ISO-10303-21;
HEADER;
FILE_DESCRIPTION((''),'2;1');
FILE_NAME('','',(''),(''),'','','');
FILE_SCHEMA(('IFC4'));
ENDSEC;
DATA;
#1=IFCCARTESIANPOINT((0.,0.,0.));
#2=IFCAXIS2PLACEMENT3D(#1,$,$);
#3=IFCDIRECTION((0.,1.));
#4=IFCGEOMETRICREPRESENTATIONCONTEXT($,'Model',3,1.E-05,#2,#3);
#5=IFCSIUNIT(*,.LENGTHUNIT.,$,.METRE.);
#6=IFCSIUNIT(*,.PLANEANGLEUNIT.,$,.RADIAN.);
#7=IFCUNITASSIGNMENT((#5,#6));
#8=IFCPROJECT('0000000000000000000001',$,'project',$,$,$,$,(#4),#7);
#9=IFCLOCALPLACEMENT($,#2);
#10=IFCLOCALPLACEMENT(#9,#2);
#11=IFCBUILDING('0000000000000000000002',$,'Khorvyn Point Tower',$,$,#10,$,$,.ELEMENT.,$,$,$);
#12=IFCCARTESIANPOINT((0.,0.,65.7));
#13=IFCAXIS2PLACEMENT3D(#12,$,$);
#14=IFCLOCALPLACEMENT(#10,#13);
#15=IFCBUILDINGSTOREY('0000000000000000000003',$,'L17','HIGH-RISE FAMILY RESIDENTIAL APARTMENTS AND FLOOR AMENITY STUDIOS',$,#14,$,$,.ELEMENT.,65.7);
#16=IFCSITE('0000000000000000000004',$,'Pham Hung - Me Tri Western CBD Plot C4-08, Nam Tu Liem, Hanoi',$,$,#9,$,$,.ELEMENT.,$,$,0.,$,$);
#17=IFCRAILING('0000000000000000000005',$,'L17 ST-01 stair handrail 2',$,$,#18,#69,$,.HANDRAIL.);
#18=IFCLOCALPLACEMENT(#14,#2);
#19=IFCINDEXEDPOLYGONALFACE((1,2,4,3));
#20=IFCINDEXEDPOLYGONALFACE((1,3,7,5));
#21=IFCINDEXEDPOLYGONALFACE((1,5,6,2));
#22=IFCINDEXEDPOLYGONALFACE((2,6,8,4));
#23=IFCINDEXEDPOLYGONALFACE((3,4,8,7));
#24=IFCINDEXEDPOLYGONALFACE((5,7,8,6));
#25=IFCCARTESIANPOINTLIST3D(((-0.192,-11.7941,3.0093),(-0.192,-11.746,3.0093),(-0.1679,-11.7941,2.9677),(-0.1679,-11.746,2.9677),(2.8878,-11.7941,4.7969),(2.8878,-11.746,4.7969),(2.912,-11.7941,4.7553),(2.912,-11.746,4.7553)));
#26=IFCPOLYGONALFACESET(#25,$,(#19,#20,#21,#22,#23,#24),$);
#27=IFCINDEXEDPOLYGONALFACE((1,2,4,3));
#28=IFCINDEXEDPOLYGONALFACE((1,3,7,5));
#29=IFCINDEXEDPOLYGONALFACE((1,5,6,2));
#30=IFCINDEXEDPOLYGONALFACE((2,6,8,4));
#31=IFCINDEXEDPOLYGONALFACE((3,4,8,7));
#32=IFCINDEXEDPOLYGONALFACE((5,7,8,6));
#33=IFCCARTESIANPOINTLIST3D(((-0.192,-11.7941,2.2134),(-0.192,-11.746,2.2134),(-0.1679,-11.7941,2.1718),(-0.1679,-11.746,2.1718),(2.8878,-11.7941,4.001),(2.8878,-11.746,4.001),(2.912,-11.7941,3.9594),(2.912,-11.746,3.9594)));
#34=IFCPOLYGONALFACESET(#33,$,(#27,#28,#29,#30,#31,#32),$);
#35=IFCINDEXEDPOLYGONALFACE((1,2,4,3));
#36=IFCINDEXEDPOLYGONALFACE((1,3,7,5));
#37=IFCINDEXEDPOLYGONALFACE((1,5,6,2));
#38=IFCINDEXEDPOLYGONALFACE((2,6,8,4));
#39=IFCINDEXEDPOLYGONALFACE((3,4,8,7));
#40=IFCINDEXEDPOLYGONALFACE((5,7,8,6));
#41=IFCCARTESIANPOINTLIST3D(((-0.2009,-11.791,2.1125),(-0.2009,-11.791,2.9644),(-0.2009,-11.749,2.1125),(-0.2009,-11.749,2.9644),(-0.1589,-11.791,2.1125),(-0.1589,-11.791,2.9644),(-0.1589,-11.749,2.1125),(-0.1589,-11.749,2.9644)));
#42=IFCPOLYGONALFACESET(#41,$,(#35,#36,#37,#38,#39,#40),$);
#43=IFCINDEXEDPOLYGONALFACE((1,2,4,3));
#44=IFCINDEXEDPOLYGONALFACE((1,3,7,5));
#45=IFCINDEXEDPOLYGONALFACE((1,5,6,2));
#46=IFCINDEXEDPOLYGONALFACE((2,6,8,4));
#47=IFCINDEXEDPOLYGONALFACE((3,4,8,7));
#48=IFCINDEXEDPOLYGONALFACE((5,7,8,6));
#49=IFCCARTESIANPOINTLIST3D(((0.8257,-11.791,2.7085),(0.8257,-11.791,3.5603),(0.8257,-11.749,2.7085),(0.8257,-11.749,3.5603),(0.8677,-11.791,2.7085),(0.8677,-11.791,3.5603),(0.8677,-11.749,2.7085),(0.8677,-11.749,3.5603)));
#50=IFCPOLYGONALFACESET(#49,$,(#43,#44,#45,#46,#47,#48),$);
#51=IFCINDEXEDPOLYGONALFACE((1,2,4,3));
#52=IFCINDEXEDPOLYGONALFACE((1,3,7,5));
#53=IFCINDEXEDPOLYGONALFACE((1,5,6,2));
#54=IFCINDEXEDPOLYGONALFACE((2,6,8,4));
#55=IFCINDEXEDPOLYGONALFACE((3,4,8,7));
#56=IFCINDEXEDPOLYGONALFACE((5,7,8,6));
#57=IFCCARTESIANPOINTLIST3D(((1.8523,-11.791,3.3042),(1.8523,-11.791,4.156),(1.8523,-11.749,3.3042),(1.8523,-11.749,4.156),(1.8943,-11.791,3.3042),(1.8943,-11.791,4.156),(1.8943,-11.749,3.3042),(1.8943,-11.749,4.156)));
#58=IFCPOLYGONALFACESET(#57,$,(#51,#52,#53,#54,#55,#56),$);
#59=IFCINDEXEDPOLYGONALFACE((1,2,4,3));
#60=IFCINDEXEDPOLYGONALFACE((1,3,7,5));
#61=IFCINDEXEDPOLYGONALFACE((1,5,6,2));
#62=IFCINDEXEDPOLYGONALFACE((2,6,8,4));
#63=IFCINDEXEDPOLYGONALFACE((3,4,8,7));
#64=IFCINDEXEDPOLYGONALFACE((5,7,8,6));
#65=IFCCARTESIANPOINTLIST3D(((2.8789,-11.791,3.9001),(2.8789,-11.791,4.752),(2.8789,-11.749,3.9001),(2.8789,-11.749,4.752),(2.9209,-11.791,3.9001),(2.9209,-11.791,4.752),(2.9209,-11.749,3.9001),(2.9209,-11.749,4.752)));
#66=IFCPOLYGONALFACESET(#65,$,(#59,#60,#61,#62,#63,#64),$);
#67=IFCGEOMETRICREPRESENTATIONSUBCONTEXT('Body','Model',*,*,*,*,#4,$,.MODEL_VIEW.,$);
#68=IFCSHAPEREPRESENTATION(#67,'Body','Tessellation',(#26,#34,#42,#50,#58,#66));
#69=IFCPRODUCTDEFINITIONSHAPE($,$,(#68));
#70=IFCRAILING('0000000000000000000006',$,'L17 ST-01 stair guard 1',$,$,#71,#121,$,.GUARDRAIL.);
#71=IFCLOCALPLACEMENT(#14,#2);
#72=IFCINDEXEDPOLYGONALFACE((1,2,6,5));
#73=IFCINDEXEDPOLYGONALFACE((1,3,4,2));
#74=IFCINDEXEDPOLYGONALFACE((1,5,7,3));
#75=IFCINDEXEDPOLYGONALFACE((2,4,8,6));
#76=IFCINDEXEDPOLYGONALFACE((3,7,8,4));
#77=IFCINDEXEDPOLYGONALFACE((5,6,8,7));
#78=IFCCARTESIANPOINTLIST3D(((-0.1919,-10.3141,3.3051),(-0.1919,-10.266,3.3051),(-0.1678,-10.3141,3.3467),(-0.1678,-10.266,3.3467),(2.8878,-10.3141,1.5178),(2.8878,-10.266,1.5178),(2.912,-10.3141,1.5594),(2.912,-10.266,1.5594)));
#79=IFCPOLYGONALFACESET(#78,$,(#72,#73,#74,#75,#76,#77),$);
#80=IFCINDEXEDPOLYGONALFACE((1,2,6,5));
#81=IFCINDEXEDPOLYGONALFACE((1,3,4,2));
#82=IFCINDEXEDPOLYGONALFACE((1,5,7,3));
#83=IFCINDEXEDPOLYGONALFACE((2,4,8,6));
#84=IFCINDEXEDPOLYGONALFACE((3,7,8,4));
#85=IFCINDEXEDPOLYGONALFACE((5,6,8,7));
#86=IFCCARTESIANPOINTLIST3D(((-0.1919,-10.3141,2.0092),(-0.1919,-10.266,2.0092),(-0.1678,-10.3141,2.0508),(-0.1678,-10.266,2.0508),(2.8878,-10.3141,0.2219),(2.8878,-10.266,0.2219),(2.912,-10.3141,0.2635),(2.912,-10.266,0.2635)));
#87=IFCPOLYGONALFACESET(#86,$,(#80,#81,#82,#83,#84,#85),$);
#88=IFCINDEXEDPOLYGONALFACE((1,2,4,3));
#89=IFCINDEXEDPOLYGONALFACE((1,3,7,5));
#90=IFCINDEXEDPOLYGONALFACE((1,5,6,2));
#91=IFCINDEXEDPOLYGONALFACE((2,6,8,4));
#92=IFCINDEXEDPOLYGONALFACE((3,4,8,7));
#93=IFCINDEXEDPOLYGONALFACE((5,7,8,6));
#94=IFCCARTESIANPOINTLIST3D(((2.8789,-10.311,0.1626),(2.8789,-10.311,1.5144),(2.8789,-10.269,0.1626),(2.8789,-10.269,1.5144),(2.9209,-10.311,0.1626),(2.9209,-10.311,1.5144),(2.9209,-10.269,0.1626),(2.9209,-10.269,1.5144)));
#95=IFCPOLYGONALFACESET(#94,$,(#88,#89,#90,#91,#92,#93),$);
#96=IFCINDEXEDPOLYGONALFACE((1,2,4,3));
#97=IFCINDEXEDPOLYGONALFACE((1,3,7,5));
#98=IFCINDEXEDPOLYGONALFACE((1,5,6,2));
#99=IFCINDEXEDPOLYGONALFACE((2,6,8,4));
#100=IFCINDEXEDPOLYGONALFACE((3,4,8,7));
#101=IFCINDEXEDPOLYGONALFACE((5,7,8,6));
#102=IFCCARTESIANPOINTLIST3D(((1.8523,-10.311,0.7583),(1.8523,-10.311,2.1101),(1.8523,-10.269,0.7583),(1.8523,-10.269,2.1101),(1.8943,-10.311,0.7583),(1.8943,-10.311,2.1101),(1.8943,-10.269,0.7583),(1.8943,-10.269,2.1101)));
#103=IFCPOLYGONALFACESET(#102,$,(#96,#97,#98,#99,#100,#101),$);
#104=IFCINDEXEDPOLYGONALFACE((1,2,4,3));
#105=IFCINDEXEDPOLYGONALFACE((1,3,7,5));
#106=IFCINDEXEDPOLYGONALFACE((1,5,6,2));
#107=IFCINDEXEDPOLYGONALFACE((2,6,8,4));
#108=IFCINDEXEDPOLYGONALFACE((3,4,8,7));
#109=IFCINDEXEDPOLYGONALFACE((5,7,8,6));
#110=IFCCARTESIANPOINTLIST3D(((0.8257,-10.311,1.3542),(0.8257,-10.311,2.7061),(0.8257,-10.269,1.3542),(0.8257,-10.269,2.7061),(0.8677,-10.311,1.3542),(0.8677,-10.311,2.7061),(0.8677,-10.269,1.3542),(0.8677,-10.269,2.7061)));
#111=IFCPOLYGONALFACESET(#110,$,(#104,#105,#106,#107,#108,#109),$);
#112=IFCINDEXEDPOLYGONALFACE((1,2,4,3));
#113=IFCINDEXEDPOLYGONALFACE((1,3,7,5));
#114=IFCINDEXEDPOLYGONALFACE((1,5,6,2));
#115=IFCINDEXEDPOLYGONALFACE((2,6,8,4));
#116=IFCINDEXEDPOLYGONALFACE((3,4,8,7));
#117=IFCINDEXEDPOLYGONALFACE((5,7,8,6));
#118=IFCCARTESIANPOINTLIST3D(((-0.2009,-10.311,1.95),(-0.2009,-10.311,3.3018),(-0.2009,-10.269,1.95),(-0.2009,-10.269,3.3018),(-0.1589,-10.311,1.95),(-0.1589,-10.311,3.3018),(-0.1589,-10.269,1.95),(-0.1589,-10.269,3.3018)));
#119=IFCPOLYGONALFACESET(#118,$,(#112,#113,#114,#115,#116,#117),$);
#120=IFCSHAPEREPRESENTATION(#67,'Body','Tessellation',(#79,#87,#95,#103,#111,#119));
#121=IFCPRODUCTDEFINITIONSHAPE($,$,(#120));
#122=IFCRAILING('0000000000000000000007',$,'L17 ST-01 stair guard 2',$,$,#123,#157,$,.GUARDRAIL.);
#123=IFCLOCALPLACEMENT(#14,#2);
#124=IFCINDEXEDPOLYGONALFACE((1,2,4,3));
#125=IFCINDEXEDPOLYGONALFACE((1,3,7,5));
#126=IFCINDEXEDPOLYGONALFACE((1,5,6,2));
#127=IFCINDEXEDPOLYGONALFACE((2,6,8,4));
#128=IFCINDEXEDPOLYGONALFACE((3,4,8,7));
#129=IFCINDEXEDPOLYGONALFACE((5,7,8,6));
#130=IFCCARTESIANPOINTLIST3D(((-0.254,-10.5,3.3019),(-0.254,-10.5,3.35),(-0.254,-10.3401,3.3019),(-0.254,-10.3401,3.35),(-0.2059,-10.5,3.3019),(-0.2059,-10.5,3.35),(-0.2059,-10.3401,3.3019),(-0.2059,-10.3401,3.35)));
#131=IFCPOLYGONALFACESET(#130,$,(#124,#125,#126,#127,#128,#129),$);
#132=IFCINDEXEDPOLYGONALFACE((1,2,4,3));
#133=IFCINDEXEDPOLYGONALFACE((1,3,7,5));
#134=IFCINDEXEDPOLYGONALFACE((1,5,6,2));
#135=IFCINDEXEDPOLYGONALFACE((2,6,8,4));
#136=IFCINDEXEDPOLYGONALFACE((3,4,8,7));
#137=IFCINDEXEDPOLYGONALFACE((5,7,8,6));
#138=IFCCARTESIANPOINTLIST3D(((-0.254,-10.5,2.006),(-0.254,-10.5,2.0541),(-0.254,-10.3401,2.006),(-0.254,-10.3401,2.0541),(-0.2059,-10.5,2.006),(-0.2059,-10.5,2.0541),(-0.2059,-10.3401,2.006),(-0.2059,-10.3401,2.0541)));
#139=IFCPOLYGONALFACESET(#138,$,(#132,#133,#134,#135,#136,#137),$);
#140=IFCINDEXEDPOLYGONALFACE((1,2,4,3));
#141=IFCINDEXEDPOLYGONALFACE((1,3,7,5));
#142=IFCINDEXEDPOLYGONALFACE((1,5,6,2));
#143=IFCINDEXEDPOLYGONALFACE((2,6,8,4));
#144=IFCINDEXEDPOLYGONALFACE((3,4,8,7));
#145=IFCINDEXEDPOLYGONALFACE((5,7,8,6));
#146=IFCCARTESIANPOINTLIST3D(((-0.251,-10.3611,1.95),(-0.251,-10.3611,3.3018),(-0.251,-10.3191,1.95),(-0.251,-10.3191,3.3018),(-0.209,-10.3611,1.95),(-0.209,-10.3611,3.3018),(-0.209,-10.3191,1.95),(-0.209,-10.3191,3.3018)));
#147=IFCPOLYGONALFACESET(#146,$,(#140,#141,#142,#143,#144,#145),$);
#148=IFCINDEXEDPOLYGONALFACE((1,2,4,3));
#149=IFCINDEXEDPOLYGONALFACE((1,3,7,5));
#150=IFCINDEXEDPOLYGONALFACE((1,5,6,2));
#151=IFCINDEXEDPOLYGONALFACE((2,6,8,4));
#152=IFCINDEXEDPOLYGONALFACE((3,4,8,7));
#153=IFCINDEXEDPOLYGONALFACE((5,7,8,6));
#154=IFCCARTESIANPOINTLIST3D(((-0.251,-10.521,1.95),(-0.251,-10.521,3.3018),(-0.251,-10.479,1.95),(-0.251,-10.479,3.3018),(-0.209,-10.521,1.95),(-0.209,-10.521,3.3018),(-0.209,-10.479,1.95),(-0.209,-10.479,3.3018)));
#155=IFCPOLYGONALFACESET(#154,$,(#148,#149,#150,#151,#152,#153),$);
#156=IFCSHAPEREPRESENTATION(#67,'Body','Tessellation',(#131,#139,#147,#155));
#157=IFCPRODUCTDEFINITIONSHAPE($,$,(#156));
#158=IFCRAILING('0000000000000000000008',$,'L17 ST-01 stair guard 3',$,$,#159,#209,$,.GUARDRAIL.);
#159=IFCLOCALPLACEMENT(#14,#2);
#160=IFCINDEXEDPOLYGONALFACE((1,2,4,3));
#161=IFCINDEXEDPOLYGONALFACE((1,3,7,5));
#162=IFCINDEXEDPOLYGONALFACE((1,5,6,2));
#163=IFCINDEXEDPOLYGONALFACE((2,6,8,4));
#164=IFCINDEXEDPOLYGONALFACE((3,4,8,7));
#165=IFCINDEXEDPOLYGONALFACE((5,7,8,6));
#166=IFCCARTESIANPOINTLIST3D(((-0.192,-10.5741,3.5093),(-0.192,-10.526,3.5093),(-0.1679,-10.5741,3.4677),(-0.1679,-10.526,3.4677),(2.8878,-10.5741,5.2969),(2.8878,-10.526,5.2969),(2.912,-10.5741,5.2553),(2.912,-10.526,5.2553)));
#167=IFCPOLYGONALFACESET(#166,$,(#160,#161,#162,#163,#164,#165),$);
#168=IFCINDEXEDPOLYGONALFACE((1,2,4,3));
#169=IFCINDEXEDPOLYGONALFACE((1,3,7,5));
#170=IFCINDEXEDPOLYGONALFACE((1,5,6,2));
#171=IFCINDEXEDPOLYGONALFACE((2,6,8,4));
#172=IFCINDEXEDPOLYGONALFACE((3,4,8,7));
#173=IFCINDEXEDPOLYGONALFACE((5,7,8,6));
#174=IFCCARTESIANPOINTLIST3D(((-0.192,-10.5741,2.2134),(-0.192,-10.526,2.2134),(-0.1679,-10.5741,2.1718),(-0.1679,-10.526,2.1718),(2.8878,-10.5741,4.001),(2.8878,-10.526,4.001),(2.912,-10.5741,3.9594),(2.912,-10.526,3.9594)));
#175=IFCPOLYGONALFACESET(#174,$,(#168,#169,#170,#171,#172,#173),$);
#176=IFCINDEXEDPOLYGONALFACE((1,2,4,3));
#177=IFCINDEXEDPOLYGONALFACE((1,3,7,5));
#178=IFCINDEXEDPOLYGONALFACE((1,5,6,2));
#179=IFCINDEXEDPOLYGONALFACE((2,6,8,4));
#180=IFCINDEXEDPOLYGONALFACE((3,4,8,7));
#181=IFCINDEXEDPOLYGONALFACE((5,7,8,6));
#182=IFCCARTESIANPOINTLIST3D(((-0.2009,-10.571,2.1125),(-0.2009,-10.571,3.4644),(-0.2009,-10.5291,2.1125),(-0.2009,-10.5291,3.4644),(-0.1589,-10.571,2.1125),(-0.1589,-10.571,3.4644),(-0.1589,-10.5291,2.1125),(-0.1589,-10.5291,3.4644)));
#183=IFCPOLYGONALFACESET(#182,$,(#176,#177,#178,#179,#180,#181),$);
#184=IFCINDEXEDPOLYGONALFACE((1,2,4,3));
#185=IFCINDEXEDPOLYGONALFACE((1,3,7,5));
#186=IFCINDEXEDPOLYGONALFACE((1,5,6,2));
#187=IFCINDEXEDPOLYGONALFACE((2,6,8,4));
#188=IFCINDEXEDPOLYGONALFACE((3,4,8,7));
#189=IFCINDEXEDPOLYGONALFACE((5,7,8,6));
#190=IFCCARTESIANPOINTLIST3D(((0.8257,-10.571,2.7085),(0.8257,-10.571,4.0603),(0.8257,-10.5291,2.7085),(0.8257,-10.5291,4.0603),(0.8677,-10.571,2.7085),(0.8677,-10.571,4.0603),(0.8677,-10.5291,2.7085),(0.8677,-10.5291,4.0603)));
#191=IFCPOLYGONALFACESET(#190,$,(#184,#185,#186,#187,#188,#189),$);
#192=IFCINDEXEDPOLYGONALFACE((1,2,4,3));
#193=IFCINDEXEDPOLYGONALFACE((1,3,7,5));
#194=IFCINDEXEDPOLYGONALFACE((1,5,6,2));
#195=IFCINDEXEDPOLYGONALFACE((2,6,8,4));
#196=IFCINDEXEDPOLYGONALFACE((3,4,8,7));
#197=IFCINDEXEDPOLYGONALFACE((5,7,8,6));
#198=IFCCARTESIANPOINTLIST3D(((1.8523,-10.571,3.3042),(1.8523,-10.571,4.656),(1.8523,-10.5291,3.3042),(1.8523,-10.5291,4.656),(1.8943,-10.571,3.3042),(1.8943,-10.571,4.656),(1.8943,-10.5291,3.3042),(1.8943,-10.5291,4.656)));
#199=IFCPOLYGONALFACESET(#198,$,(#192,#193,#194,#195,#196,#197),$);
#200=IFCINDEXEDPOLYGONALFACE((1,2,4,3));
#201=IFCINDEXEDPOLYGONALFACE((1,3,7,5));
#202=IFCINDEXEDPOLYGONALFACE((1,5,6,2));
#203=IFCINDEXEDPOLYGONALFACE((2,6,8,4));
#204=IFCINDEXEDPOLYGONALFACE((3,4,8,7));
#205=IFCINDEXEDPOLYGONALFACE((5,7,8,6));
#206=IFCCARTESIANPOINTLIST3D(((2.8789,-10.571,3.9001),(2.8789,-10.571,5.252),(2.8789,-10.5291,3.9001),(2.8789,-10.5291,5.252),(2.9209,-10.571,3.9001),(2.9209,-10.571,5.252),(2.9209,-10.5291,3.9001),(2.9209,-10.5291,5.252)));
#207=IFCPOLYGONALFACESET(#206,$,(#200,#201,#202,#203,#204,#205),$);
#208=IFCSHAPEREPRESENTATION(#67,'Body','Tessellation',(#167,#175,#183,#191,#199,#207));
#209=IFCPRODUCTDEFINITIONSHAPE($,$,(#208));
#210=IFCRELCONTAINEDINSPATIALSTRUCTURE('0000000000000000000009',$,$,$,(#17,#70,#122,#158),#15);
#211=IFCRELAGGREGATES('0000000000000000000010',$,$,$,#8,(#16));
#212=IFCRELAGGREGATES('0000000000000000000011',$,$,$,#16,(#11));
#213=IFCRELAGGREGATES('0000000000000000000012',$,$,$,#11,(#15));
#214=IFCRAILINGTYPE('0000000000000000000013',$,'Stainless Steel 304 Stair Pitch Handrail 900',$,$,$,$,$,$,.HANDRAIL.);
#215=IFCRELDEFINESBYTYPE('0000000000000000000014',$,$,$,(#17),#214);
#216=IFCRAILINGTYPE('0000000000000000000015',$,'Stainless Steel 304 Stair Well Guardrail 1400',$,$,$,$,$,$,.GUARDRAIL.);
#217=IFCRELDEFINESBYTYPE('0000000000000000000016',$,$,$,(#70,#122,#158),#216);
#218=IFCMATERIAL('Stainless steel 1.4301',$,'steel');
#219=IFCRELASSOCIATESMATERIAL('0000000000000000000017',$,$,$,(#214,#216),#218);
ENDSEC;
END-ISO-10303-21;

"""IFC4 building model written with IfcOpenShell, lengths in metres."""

from ifc_helpers import new_model, si_unit, direction, frame, origin, origin_2d, place, context, subcontext, project, spatial, rectangle, extrude, material, type_object, element, save


model = new_model("IFC4")

# Units and contexts
model_context = context("Model", 3, precision=1e-05, world=origin(), true_north=direction((0.0, 1.0)))
body_context = subcontext(model_context, "Body", "Model", "MODEL_VIEW")
ifc_project = project(units=[si_unit("LENGTHUNIT", "METRE"), si_unit("PLANEANGLEUNIT", "RADIAN")], contexts=[model_context])

# Site, building, storey
site_placement = place(None, origin())
site = spatial("IfcSite", under=ifc_project, at=site_placement, Name="Pham Hung - Me Tri Western CBD Plot C4-08, Nam Tu Liem, Hanoi", CompositionType="ELEMENT", RefElevation=0.0)
building_placement = place(site_placement, origin())
building = spatial("IfcBuilding", under=site, at=building_placement, Name="Khorvyn Point Tower", CompositionType="ELEMENT")
storey_placement = place(building_placement, frame((0.0, 0.0, 65.7)))
storey = spatial("IfcBuildingStorey", under=building, at=storey_placement, Name="L17", Description="HIGH-RISE FAMILY RESIDENTIAL APARTMENTS AND FLOOR AMENITY STUDIOS", CompositionType="ELEMENT", Elevation=65.7)

# Shared definitions
ifc_material_1 = material(Name="Stainless steel 1.4301", Category="steel")

# Railings
railing_type_1 = type_object("IfcRailingType", Name="Stainless Steel 304 Stair Pitch Handrail 900", PredefinedType="HANDRAIL", material=ifc_material_1)
railing_1_placement = place(storey_placement, frame((-0.1799, -11.77, 2.1125)))
element("IfcRailing", 1, at=railing_1_placement, inside=storey, type_object=railing_type_1, Name="L17 ST-01 stair handrail 2", PredefinedType="HANDRAIL", context=body_context, shape_type="SweptSolid", body=[
    extrude(rectangle(XDim=0.0481, YDim=0.0481, at=origin_2d()), frame((0.0, 0.0, 0.876), z_axis=(0.864873, 0.0, 0.50199), x_axis=(0.0, 1.0, 0.0)), (0.0, 0.0, 1.0), 3.561),
    extrude(rectangle(XDim=0.0481, YDim=0.0481, at=origin_2d()), frame((0.0, 0.0, 0.0801), z_axis=(0.864873, 0.0, 0.50199), x_axis=(0.0, 1.0, 0.0)), (0.0, 0.0, 1.0), 3.561),
    extrude(rectangle(XDim=0.042, YDim=0.042, at=origin_2d()), origin(), (0.0, 0.0, 1.0), 0.8518),
    extrude(rectangle(XDim=0.042, YDim=0.042, at=origin_2d()), frame((1.0266, 0.0, 0.5959)), (0.0, 0.0, 1.0), 0.8518),
    extrude(rectangle(XDim=0.042, YDim=0.042, at=origin_2d()), frame((2.0532, 0.0, 1.1917)), (0.0, 0.0, 1.0), 0.8518),
    extrude(rectangle(XDim=0.042, YDim=0.042, at=origin_2d()), frame((3.0798, 0.0, 1.7876)), (0.0, 0.0, 1.0), 0.8518),
])
railing_type_2 = type_object("IfcRailingType", Name="Stainless Steel 304 Stair Well Guardrail 1400", PredefinedType="GUARDRAIL", material=ifc_material_1)
railing_2_placement = place(storey_placement, frame((2.8999, -10.29, 0.1626)))
element("IfcRailing", 2, at=railing_2_placement, inside=storey, type_object=railing_type_2, Name="L17 ST-01 stair guard 1", PredefinedType="GUARDRAIL", context=body_context, shape_type="SweptSolid", body=[
    extrude(rectangle(XDim=0.0481, YDim=0.0481, at=origin_2d()), frame((0.0, 0.0, 1.376), z_axis=(-0.864903, 0.0, 0.501939), x_axis=(0.0, -1.0, 0.0)), (0.0, 0.0, 1.0), 3.5608),
    extrude(rectangle(XDim=0.0481, YDim=0.0481, at=origin_2d()), frame((0.0, 0.0, 0.0801), z_axis=(-0.864903, 0.0, 0.501939), x_axis=(0.0, -1.0, 0.0)), (0.0, 0.0, 1.0), 3.5608),
    extrude(rectangle(XDim=0.042, YDim=0.042, at=origin_2d()), origin(), (0.0, 0.0, 1.0), 1.3518),
    extrude(rectangle(XDim=0.042, YDim=0.042, at=origin_2d()), frame((-1.0266, 0.0, 0.5957)), (0.0, 0.0, 1.0), 1.3518),
    extrude(rectangle(XDim=0.042, YDim=0.042, at=origin_2d()), frame((-2.0532, 0.0, 1.1917)), (0.0, 0.0, 1.0), 1.3518),
    extrude(rectangle(XDim=0.042, YDim=0.042, at=origin_2d()), frame((-3.0798, 0.0, 1.7874)), (0.0, 0.0, 1.0), 1.3518),
])
railing_3_placement = place(storey_placement, frame((-0.23, -10.3401, 1.95)))
element("IfcRailing", 3, at=railing_3_placement, inside=storey, type_object=railing_type_2, Name="L17 ST-01 stair guard 2", PredefinedType="GUARDRAIL", context=body_context, shape_type="SweptSolid", body=[
    extrude(rectangle(XDim=0.0481, YDim=0.0481, at=origin_2d()), frame((0.0, 0.0, 1.376), z_axis=(0.0, -1.0, 0.0), x_axis=(1.0, 0.0, 0.0)), (0.0, 0.0, 1.0), 0.1599),
    extrude(rectangle(XDim=0.0481, YDim=0.0481, at=origin_2d()), frame((0.0, 0.0, 0.0801), z_axis=(0.0, -1.0, 0.0), x_axis=(1.0, 0.0, 0.0)), (0.0, 0.0, 1.0), 0.1599),
    extrude(rectangle(XDim=0.042, YDim=0.042, at=origin_2d()), origin(), (0.0, 0.0, 1.0), 1.3518),
    extrude(rectangle(XDim=0.042, YDim=0.042, at=origin_2d()), frame((0.0, -0.1599, 0.0)), (0.0, 0.0, 1.0), 1.3518),
])
railing_4_placement = place(storey_placement, frame((-0.1799, -10.55, 2.1125)))
element("IfcRailing", 4, at=railing_4_placement, inside=storey, type_object=railing_type_2, Name="L17 ST-01 stair guard 3", PredefinedType="GUARDRAIL", context=body_context, shape_type="SweptSolid", body=[
    extrude(rectangle(XDim=0.0481, YDim=0.0481, at=origin_2d()), frame((0.0, 0.0, 1.376), z_axis=(0.864873, 0.0, 0.50199), x_axis=(0.0, 1.0, 0.0)), (0.0, 0.0, 1.0), 3.561),
    extrude(rectangle(XDim=0.0481, YDim=0.0481, at=origin_2d()), frame((0.0, 0.0, 0.0801), z_axis=(0.864873, 0.0, 0.50199), x_axis=(0.0, 1.0, 0.0)), (0.0, 0.0, 1.0), 3.561),
    extrude(rectangle(XDim=0.042, YDim=0.042, at=origin_2d()), origin(), (0.0, 0.0, 1.0), 1.3518),
    extrude(rectangle(XDim=0.042, YDim=0.042, at=origin_2d()), frame((1.0266, 0.0, 0.5959)), (0.0, 0.0, 1.0), 1.3518),
    extrude(rectangle(XDim=0.042, YDim=0.042, at=origin_2d()), frame((2.0532, 0.0, 1.1917)), (0.0, 0.0, 1.0), 1.3518),
    extrude(rectangle(XDim=0.042, YDim=0.042, at=origin_2d()), frame((3.0798, 0.0, 1.7876)), (0.0, 0.0, 1.0), 1.3518),
])

save(model, "model.ifc")
